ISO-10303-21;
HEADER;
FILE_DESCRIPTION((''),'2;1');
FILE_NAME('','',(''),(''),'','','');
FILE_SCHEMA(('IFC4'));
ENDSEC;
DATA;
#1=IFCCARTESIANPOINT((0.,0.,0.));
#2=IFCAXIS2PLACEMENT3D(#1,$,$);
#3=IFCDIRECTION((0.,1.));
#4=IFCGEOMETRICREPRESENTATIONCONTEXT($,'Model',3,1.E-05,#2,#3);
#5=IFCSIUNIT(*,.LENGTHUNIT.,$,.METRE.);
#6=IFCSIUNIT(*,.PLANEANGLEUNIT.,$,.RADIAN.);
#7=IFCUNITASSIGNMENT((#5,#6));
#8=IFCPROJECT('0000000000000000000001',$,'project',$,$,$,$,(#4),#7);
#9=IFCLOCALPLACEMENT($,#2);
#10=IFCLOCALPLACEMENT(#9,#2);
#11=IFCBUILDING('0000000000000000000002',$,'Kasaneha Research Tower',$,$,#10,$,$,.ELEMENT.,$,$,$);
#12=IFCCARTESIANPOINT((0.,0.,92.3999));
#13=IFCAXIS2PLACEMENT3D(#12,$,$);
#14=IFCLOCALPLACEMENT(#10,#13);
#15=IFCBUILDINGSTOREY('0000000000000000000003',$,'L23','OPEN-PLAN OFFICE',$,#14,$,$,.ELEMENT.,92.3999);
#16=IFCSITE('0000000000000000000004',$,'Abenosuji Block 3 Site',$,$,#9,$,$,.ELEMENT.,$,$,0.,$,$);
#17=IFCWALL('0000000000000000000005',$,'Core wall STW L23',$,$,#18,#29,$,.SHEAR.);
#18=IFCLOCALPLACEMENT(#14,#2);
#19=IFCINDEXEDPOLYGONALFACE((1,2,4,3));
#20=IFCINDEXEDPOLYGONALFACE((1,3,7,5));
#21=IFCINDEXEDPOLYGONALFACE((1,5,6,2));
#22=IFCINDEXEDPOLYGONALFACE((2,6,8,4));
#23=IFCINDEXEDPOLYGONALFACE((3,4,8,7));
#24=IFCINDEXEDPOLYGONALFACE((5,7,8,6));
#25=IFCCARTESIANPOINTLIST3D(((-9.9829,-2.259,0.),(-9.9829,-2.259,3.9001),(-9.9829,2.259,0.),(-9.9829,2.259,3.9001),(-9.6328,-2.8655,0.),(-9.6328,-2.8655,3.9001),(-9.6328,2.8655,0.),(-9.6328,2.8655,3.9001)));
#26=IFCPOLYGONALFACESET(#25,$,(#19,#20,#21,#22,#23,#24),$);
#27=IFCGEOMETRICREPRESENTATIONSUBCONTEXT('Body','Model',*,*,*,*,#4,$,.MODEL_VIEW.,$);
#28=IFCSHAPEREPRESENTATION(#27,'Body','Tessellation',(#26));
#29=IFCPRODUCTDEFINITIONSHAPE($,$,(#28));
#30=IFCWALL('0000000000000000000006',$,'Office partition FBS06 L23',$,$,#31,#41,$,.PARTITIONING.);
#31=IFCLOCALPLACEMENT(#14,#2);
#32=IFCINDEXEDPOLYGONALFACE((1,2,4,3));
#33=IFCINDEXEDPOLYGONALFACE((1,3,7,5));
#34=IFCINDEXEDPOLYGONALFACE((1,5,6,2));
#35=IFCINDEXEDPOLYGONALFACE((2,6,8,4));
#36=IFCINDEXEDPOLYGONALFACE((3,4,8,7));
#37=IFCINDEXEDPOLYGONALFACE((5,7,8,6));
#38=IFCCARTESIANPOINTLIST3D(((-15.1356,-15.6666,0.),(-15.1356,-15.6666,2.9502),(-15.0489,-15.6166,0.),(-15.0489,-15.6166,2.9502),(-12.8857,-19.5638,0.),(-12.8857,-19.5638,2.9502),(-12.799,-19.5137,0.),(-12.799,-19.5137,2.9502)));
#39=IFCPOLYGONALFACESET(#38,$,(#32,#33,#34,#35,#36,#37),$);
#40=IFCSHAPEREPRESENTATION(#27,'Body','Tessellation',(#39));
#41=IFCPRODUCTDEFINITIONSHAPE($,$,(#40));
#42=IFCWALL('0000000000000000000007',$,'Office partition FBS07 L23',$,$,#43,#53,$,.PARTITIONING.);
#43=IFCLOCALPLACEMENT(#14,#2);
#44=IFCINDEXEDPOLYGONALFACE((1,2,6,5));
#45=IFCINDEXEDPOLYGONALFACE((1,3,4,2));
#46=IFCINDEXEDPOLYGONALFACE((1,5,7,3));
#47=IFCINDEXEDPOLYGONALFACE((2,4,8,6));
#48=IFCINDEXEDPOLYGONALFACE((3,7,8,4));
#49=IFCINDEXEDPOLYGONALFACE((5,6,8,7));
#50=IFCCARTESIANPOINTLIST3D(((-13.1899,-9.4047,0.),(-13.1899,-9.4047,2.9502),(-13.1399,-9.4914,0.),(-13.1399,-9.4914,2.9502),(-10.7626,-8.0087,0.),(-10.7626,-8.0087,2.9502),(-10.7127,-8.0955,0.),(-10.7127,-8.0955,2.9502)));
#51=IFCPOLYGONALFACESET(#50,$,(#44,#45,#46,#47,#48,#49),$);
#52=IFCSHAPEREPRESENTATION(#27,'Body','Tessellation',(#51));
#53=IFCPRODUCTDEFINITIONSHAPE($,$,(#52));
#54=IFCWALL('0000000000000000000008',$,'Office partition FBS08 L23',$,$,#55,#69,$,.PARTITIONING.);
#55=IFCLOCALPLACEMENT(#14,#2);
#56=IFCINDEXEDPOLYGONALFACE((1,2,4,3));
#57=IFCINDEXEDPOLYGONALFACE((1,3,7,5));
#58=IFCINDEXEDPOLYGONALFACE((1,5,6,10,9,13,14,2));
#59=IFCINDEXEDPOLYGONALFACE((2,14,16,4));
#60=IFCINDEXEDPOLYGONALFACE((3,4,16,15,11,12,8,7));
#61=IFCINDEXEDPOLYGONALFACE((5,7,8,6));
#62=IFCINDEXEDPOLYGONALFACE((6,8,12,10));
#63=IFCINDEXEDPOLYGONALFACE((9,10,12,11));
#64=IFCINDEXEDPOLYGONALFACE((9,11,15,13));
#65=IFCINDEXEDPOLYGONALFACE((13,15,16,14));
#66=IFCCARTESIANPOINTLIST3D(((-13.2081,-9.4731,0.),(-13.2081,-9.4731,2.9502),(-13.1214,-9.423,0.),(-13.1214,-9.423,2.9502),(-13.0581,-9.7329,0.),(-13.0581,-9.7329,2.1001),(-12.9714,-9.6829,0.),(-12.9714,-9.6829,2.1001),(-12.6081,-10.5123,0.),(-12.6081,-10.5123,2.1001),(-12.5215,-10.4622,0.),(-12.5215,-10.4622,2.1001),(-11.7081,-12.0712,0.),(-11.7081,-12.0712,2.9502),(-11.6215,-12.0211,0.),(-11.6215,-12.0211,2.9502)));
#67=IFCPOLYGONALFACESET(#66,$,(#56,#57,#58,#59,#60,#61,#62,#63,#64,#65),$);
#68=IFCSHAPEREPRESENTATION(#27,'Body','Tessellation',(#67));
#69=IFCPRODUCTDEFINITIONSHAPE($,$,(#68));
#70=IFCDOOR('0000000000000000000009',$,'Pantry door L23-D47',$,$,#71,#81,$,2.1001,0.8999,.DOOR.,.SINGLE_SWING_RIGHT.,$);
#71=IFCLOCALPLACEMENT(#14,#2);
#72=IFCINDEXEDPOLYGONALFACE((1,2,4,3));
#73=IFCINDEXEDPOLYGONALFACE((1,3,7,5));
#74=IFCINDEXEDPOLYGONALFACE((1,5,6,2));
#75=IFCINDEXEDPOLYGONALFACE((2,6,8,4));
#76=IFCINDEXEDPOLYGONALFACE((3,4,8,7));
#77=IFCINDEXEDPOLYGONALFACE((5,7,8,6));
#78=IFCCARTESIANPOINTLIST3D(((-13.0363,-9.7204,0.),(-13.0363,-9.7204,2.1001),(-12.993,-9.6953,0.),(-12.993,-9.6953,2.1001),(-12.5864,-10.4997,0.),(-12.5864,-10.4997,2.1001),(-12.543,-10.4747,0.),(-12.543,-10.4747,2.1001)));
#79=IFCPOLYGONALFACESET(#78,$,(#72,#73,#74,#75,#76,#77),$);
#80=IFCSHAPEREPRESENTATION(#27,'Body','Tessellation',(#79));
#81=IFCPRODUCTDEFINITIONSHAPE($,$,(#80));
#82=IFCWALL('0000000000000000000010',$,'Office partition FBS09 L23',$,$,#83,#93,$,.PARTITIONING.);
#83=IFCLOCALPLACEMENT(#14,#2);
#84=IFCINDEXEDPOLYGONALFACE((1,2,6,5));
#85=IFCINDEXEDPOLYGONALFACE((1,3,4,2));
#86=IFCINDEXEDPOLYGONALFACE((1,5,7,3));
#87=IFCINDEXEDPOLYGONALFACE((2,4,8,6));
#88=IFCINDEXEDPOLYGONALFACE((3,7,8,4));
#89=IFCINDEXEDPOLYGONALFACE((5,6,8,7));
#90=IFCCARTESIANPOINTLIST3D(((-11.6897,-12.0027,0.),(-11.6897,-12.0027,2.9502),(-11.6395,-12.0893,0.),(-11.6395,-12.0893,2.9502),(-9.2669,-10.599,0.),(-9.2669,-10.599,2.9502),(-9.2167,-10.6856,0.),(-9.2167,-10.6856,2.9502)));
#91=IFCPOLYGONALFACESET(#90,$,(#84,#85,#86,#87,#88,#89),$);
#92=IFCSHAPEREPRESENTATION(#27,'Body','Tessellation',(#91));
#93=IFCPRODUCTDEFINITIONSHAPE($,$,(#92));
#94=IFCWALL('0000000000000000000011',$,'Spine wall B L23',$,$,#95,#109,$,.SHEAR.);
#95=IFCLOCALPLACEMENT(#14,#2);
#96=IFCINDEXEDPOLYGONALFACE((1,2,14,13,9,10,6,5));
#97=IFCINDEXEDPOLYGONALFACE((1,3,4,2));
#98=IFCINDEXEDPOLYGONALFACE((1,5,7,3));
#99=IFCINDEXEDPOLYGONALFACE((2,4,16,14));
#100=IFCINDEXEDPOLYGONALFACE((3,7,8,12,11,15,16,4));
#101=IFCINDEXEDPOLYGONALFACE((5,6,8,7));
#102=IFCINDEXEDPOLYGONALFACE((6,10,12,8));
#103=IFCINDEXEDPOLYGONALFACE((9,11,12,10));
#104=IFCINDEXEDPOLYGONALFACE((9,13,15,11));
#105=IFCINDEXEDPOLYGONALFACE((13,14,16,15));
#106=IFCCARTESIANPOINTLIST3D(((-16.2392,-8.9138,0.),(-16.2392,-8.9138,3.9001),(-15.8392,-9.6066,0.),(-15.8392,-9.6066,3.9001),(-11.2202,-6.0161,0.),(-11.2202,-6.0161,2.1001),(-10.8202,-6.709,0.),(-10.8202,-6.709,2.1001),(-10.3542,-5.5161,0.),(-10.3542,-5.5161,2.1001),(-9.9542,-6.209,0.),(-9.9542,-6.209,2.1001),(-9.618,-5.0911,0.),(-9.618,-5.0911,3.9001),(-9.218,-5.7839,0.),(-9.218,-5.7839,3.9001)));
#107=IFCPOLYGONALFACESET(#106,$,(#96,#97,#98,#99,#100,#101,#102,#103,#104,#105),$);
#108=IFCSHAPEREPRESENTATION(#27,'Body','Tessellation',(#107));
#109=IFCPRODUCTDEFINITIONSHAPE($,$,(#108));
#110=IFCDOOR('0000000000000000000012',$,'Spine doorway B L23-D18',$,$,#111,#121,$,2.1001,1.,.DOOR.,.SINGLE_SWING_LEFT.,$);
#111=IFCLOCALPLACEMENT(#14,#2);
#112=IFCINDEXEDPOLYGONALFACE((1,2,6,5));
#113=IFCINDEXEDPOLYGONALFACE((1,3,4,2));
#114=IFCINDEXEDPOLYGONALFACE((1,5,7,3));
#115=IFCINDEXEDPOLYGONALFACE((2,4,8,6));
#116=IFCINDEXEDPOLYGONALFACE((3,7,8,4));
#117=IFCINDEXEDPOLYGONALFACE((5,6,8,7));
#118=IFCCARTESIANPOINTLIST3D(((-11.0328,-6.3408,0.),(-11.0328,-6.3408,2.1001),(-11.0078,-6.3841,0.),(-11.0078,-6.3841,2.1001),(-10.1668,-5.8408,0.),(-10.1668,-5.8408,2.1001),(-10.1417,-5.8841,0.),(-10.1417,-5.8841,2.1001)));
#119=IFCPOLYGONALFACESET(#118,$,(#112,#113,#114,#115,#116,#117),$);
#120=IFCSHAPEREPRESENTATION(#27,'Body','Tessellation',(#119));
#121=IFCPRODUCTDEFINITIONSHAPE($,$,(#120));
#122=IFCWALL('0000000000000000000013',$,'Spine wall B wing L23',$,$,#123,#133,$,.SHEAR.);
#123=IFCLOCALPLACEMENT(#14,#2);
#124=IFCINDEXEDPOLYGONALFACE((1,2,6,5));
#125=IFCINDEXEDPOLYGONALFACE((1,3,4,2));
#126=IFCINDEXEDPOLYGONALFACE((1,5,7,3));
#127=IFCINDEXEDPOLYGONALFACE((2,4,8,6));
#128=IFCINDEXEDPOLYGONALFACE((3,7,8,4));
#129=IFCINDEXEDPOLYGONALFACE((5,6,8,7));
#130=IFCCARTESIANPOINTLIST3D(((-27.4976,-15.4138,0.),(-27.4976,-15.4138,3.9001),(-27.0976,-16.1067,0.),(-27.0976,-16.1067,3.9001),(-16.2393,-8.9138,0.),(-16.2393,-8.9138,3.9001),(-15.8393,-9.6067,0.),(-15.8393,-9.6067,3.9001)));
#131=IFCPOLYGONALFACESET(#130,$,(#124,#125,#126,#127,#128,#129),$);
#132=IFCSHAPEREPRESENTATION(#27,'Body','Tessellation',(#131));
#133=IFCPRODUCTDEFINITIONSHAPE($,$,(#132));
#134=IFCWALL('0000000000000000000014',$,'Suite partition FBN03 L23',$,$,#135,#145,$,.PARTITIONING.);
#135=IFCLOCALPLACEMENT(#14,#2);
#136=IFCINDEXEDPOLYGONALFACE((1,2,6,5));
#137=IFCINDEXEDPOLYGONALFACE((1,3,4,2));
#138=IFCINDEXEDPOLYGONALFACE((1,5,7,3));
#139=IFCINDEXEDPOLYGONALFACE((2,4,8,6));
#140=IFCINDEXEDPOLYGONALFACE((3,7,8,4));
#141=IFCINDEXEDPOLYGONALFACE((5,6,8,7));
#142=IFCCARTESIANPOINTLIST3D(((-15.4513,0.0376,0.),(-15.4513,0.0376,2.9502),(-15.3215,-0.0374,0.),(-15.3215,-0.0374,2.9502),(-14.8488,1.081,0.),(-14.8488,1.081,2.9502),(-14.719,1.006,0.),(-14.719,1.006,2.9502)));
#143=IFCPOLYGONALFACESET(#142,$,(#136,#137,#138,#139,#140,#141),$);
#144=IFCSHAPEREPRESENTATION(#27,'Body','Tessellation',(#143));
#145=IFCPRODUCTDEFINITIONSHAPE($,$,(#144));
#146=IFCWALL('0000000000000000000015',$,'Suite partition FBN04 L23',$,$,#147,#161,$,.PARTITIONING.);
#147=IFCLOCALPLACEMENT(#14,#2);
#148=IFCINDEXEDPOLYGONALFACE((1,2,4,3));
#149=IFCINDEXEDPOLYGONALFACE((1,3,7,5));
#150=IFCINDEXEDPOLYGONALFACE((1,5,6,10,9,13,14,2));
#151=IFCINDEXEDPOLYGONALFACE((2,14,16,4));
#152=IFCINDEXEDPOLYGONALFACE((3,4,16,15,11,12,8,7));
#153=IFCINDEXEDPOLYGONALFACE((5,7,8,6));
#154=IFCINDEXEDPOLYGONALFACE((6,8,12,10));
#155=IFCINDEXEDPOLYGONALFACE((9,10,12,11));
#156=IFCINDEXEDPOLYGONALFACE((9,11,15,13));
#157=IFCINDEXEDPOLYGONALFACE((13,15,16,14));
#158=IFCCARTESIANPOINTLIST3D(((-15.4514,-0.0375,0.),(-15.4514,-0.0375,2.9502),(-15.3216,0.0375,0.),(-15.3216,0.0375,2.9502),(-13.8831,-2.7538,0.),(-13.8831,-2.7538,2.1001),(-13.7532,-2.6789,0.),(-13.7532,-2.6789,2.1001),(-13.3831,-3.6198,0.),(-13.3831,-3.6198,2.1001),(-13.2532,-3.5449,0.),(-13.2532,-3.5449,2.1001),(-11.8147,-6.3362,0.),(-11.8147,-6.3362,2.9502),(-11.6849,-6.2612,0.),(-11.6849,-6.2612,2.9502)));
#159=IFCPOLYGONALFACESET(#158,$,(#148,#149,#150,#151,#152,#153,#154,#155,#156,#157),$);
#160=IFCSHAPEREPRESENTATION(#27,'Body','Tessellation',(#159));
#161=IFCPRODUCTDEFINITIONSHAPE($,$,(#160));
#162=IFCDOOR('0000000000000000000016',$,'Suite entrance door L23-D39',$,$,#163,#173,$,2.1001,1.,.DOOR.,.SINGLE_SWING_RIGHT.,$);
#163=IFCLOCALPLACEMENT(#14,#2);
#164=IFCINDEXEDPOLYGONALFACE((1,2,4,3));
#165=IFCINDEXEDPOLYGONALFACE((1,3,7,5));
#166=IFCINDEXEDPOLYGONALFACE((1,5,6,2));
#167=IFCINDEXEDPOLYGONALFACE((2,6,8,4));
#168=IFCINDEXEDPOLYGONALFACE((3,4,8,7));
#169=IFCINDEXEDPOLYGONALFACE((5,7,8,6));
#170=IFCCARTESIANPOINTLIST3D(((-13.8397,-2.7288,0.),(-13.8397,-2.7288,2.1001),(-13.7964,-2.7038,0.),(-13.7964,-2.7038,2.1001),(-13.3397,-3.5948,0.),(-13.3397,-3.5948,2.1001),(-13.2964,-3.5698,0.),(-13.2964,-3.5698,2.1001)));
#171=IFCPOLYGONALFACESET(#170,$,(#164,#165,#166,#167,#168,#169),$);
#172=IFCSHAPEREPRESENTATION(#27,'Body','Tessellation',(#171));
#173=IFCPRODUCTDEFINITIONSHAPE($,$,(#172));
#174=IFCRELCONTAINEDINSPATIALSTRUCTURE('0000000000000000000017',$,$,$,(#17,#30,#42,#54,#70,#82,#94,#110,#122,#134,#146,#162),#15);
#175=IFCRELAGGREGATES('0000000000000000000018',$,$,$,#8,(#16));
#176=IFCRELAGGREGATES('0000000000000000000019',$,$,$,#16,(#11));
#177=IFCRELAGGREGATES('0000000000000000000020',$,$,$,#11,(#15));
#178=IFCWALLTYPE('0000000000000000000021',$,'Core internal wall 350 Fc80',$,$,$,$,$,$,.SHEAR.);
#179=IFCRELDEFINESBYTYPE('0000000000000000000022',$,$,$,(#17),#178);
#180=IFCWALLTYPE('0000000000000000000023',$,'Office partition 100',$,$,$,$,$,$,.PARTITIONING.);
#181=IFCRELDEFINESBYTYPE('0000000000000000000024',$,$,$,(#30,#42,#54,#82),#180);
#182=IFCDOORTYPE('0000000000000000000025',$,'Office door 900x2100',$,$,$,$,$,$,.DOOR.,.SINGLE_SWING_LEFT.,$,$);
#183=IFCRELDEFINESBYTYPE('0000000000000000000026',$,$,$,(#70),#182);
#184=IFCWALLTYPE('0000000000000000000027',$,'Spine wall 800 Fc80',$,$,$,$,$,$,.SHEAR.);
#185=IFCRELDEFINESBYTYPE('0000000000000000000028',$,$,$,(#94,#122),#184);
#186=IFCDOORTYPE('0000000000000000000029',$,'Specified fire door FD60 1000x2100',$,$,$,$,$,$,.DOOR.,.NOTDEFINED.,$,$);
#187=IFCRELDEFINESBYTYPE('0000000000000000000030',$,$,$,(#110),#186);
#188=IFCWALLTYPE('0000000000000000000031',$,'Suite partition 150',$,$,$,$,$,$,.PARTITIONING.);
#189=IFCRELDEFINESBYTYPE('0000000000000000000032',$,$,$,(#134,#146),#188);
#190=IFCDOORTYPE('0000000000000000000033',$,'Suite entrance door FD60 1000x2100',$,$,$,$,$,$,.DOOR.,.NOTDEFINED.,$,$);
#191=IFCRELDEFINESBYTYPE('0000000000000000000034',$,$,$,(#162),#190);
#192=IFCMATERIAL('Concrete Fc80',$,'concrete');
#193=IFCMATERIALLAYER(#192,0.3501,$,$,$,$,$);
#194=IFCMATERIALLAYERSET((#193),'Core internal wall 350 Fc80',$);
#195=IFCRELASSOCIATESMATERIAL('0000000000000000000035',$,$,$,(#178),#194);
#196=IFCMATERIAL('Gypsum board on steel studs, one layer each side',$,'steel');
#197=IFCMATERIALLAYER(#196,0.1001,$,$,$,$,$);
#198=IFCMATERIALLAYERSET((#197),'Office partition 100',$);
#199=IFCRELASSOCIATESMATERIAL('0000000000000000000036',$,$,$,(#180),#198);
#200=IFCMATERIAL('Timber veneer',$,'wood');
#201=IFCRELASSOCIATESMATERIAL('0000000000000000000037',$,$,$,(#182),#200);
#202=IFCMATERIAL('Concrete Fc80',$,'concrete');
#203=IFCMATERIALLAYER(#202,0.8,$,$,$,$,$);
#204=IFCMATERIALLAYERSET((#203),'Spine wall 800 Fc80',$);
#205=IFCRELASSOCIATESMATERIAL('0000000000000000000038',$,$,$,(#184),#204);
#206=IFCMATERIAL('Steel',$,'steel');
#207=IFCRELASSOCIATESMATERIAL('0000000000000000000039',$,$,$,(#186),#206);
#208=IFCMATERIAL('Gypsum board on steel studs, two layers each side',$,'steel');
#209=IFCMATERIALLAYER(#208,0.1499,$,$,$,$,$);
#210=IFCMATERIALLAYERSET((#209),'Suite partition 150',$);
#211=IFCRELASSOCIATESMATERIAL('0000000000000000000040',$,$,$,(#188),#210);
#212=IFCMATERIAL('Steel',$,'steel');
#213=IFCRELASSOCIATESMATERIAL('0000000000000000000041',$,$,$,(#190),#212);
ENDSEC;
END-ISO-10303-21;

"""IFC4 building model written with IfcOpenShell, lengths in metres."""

from ifc_helpers import new_model, si_unit, direction, frame, frame_2d, origin, place, context, subcontext, project, spatial, polyline, rectangle, outline, extrude, material, layer, layer_set, type_object, element, fill, save


model = new_model("IFC4")

# Units and contexts
model_context = context("Model", 3, precision=1e-05, world=origin(), true_north=direction((0.0, 1.0)))
body_context = subcontext(model_context, "Body", "Model", "MODEL_VIEW")
ifc_project = project(units=[si_unit("LENGTHUNIT", "METRE"), si_unit("PLANEANGLEUNIT", "RADIAN")], contexts=[model_context])

# Site, building, storey
site_placement = place(None, origin())
site = spatial("IfcSite", under=ifc_project, at=site_placement, Name="Abenosuji Block 3 Site", CompositionType="ELEMENT", RefElevation=0.0)
building_placement = place(site_placement, origin())
building = spatial("IfcBuilding", under=site, at=building_placement, Name="Kasaneha Research Tower", CompositionType="ELEMENT")
storey_placement = place(building_placement, frame((0.0, 0.0, 92.3999)))
storey = spatial("IfcBuildingStorey", under=building, at=storey_placement, Name="L23", Description="OPEN-PLAN OFFICE", CompositionType="ELEMENT", Elevation=92.3999)

# Shared definitions
ifc_material_1 = material(Name="Concrete Fc80", Category="concrete")
ifc_layer_1 = layer(ifc_material_1, 0.3501)
ifc_layer_set_1 = layer_set([ifc_layer_1], Name="Core internal wall 350 Fc80")
wall_type_1 = type_object("IfcWallType", Name="Core internal wall 350 Fc80", PredefinedType="SHEAR", material=ifc_layer_set_1)

# Walls
wall_1_placement = place(storey_placement, frame((-9.8079, -2.5623, 0.0), z_axis=(0.0, 0.0, 1.0), x_axis=(0.0, 1.0, 0.0)))
element("IfcWall", 1, at=wall_1_placement, inside=storey, type_object=wall_type_1, Name="Core wall STW L23", PredefinedType="SHEAR", context=body_context, shape_type="SweptSolid", body=[
    extrude(outline(polyline([(-0.3032, -0.175), (5.4277, -0.175), (4.8213, 0.175), (0.3032, 0.175), (-0.3032, -0.175)])), origin(), (0.0, 0.0, 1.0), 3.9001),
])
ifc_material_2 = material(Name="Gypsum board on steel studs, one layer each side", Category="steel")
ifc_layer_2 = layer(ifc_material_2, 0.1001)
ifc_layer_set_2 = layer_set([ifc_layer_2], Name="Office partition 100")
wall_type_2 = type_object("IfcWallType", Name="Office partition 100", PredefinedType="PARTITIONING", material=ifc_layer_set_2)
wall_2_placement = place(storey_placement, frame((-15.0923, -15.6416, 0.0), z_axis=(0.0, 0.0, 1.0), x_axis=(0.49999, -0.866031, 0.0)))
element("IfcWall", 2, at=wall_2_placement, inside=storey, type_object=wall_type_2, Name="Office partition FBS06 L23", PredefinedType="PARTITIONING", context=body_context, shape_type="SweptSolid", body=[
    extrude(rectangle(XDim=4.5, YDim=0.1001, at=frame_2d((2.25, 0.0))), origin(), (0.0, 0.0, 1.0), 2.9502),
])
wall_3_placement = place(storey_placement, frame((-13.1648, -9.448, 0.0), z_axis=(0.0, 0.0, 1.0), x_axis=(0.866855, 0.49856, 0.0)))
element("IfcWall", 3, at=wall_3_placement, inside=storey, type_object=wall_type_2, Name="Office partition FBS07 L23", PredefinedType="PARTITIONING", context=body_context, shape_type="SweptSolid", body=[
    extrude(rectangle(XDim=2.8, YDim=0.1001, at=frame_2d((1.3999, 0.0))), origin(), (0.0, 0.0, 1.0), 2.9502),
])

# Wall, opening, door
wall_4_placement = place(storey_placement, frame((-11.6648, -12.0461, 0.0), z_axis=(0.0, 0.0, 1.0), x_axis=(-0.49999, 0.866031, 0.0)))
wall_4 = element("IfcWall", 4, at=wall_4_placement, inside=storey, type_object=wall_type_2, Name="Office partition FBS08 L23", PredefinedType="PARTITIONING", context=body_context, shape_type="SweptSolid", body=[
    extrude(rectangle(XDim=3.0, YDim=0.1001, at=frame_2d((1.5, 0.0))), origin(), (0.0, 0.0, 1.0), 2.9502),
])
opening_1_placement = place(wall_4_placement, frame((1.8, 0.0, 0.0)))
opening_1 = element("IfcOpeningElement", 5, at=opening_1_placement, cuts=wall_4, PredefinedType="OPENING", context=body_context, shape_type="SweptSolid", body=[
    extrude(rectangle(XDim=0.8999, YDim=2.1001, at=frame_2d((0.45, 1.05))), frame((0.0, 0.0601, 0.0), z_axis=(0.0, -1.0, 0.0), x_axis=(1.0, 0.0, 0.0)), (0.0, 0.0, 1.0), 0.1201),
])
ifc_material_3 = material(Name="Timber veneer", Category="wood")
door_type_1 = type_object("IfcDoorType", Name="Office door 900x2100", OperationType="SINGLE_SWING_LEFT", PredefinedType="DOOR", material=ifc_material_3)
door_1_placement = place(opening_1_placement, origin())
door_1 = element("IfcDoor", 6, at=door_1_placement, inside=storey, type_object=door_type_1, Name="Pantry door L23-D47", OperationType="SINGLE_SWING_RIGHT", OverallHeight=2.1001, OverallWidth=0.8999, PredefinedType="DOOR", context=body_context, shape_type="SweptSolid", body=[
    extrude(rectangle(XDim=0.8999, YDim=2.1001, at=frame_2d((0.45, 1.05))), frame((0.0, 0.0249, 0.0), z_axis=(0.0, -1.0, 0.0), x_axis=(1.0, 0.0, 0.0)), (0.0, 0.0, 1.0), 0.05),
])
fill(opening_1, door_1)

# Wall
wall_5_placement = place(storey_placement, frame((-9.2419, -10.6423, 0.0), z_axis=(0.0, 0.0, 1.0), x_axis=(-0.865255, -0.501332, 0.0)))
element("IfcWall", 7, at=wall_5_placement, inside=storey, type_object=wall_type_2, Name="Office partition FBS09 L23", PredefinedType="PARTITIONING", context=body_context, shape_type="SweptSolid", body=[
    extrude(rectangle(XDim=2.8, YDim=0.1001, at=frame_2d((1.3999, 0.0))), origin(), (0.0, 0.0, 1.0), 2.9502),
])

# Wall, opening, door
ifc_material_4 = material(Name="Concrete Fc80", Category="concrete")
ifc_layer_3 = layer(ifc_material_4, 0.8)
ifc_layer_set_3 = layer_set([ifc_layer_3], Name="Spine wall 800 Fc80")
wall_type_3 = type_object("IfcWallType", Name="Spine wall 800 Fc80", PredefinedType="SHEAR", material=ifc_layer_set_3)
wall_6_placement = place(storey_placement, frame((-9.418, -5.4375, 0.0), z_axis=(0.0, 0.0, 1.0), x_axis=(-0.86603, -0.499992, 0.0)))
wall_6 = element("IfcWall", 8, at=wall_6_placement, inside=storey, type_object=wall_type_3, Name="Spine wall B L23", PredefinedType="SHEAR", context=body_context, shape_type="SweptSolid", body=[
    extrude(rectangle(XDim=7.6455, YDim=0.8, at=frame_2d((3.8228, 0.0))), origin(), (0.0, 0.0, 1.0), 3.9001),
])
opening_2_placement = place(wall_6_placement, frame((0.8501, 0.0, 0.0)))
opening_2 = element("IfcOpeningElement", 9, at=opening_2_placement, cuts=wall_6, PredefinedType="OPENING", context=body_context, shape_type="SweptSolid", body=[
    extrude(rectangle(XDim=1.0, YDim=2.1001, at=frame_2d((0.5, 1.05))), frame((0.0, 0.4102, 0.0), z_axis=(0.0, -1.0, 0.0), x_axis=(1.0, 0.0, 0.0)), (0.0, 0.0, 1.0), 0.8201),
])
ifc_material_5 = material(Name="Steel", Category="steel")
door_type_2 = type_object("IfcDoorType", Name="Specified fire door FD60 1000x2100", OperationType="NOTDEFINED", PredefinedType="DOOR", material=ifc_material_5)
door_2_placement = place(opening_2_placement, origin())
door_2 = element("IfcDoor", 10, at=door_2_placement, inside=storey, type_object=door_type_2, Name="Spine doorway B L23-D18", OperationType="SINGLE_SWING_LEFT", OverallHeight=2.1001, OverallWidth=1.0, PredefinedType="DOOR", context=body_context, shape_type="SweptSolid", body=[
    extrude(rectangle(XDim=1.0, YDim=2.1001, at=frame_2d((0.5, 1.05))), frame((0.0, 0.0249, 0.0), z_axis=(0.0, -1.0, 0.0), x_axis=(1.0, 0.0, 0.0)), (0.0, 0.0, 1.0), 0.05),
])
fill(opening_2, door_2)

# Walls
wall_7_placement = place(storey_placement, frame((-16.0393, -9.2603, 0.0), z_axis=(0.0, 0.0, 1.0), x_axis=(-0.866025, -0.500001, 0.0)))
element("IfcWall", 11, at=wall_7_placement, inside=storey, type_object=wall_type_3, Name="Spine wall B wing L23", PredefinedType="SHEAR", context=body_context, shape_type="SweptSolid", body=[
    extrude(rectangle(XDim=13.0, YDim=0.8, at=frame_2d((6.5, 0.0))), origin(), (0.0, 0.0, 1.0), 3.9001),
])
ifc_material_6 = material(Name="Gypsum board on steel studs, two layers each side", Category="steel")
ifc_layer_4 = layer(ifc_material_6, 0.1499)
ifc_layer_set_4 = layer_set([ifc_layer_4], Name="Suite partition 150")
wall_type_4 = type_object("IfcWallType", Name="Suite partition 150", PredefinedType="PARTITIONING", material=ifc_layer_set_4)
wall_8_placement = place(storey_placement, frame((-15.3865, 0.0, 0.0), z_axis=(0.0, 0.0, 1.0), x_axis=(0.500062, 0.86599, 0.0)))
element("IfcWall", 12, at=wall_8_placement, inside=storey, type_object=wall_type_4, Name="Suite partition FBN03 L23", PredefinedType="PARTITIONING", context=body_context, shape_type="SweptSolid", body=[
    extrude(rectangle(XDim=1.2048, YDim=0.1499, at=frame_2d((0.6025, 0.0))), origin(), (0.0, 0.0, 1.0), 2.9502),
])

# Wall, opening, door
wall_9_placement = place(storey_placement, frame((-11.7498, -6.2988, 0.0), z_axis=(0.0, 0.0, 1.0), x_axis=(-0.500009, 0.86602, 0.0)))
wall_9 = element("IfcWall", 13, at=wall_9_placement, inside=storey, type_object=wall_type_4, Name="Suite partition FBN04 L23", PredefinedType="PARTITIONING", context=body_context, shape_type="SweptSolid", body=[
    extrude(rectangle(XDim=7.2732, YDim=0.1499, at=frame_2d((3.6367, 0.0))), origin(), (0.0, 0.0, 1.0), 2.9502),
])
opening_3_placement = place(wall_9_placement, frame((3.1367, 0.0, 0.0)))
opening_3 = element("IfcOpeningElement", 14, at=opening_3_placement, cuts=wall_9, PredefinedType="OPENING", context=body_context, shape_type="SweptSolid", body=[
    extrude(rectangle(XDim=1.0, YDim=2.1001, at=frame_2d((0.5, 1.05))), frame((0.0, 0.085, 0.0), z_axis=(0.0, -1.0, 0.0), x_axis=(1.0, 0.0, 0.0)), (0.0, 0.0, 1.0), 0.1699),
])
ifc_material_7 = material(Name="Steel", Category="steel")
door_type_3 = type_object("IfcDoorType", Name="Suite entrance door FD60 1000x2100", OperationType="NOTDEFINED", PredefinedType="DOOR", material=ifc_material_7)
door_3_placement = place(opening_3_placement, origin())
door_3 = element("IfcDoor", 15, at=door_3_placement, inside=storey, type_object=door_type_3, Name="Suite entrance door L23-D39", OperationType="SINGLE_SWING_RIGHT", OverallHeight=2.1001, OverallWidth=1.0, PredefinedType="DOOR", context=body_context, shape_type="SweptSolid", body=[
    extrude(rectangle(XDim=1.0, YDim=2.1001, at=frame_2d((0.5, 1.05))), frame((0.0, 0.0249, 0.0), z_axis=(0.0, -1.0, 0.0), x_axis=(1.0, 0.0, 0.0)), (0.0, 0.0, 1.0), 0.05),
])
fill(opening_3, door_3)

save(model, "model.ifc")
